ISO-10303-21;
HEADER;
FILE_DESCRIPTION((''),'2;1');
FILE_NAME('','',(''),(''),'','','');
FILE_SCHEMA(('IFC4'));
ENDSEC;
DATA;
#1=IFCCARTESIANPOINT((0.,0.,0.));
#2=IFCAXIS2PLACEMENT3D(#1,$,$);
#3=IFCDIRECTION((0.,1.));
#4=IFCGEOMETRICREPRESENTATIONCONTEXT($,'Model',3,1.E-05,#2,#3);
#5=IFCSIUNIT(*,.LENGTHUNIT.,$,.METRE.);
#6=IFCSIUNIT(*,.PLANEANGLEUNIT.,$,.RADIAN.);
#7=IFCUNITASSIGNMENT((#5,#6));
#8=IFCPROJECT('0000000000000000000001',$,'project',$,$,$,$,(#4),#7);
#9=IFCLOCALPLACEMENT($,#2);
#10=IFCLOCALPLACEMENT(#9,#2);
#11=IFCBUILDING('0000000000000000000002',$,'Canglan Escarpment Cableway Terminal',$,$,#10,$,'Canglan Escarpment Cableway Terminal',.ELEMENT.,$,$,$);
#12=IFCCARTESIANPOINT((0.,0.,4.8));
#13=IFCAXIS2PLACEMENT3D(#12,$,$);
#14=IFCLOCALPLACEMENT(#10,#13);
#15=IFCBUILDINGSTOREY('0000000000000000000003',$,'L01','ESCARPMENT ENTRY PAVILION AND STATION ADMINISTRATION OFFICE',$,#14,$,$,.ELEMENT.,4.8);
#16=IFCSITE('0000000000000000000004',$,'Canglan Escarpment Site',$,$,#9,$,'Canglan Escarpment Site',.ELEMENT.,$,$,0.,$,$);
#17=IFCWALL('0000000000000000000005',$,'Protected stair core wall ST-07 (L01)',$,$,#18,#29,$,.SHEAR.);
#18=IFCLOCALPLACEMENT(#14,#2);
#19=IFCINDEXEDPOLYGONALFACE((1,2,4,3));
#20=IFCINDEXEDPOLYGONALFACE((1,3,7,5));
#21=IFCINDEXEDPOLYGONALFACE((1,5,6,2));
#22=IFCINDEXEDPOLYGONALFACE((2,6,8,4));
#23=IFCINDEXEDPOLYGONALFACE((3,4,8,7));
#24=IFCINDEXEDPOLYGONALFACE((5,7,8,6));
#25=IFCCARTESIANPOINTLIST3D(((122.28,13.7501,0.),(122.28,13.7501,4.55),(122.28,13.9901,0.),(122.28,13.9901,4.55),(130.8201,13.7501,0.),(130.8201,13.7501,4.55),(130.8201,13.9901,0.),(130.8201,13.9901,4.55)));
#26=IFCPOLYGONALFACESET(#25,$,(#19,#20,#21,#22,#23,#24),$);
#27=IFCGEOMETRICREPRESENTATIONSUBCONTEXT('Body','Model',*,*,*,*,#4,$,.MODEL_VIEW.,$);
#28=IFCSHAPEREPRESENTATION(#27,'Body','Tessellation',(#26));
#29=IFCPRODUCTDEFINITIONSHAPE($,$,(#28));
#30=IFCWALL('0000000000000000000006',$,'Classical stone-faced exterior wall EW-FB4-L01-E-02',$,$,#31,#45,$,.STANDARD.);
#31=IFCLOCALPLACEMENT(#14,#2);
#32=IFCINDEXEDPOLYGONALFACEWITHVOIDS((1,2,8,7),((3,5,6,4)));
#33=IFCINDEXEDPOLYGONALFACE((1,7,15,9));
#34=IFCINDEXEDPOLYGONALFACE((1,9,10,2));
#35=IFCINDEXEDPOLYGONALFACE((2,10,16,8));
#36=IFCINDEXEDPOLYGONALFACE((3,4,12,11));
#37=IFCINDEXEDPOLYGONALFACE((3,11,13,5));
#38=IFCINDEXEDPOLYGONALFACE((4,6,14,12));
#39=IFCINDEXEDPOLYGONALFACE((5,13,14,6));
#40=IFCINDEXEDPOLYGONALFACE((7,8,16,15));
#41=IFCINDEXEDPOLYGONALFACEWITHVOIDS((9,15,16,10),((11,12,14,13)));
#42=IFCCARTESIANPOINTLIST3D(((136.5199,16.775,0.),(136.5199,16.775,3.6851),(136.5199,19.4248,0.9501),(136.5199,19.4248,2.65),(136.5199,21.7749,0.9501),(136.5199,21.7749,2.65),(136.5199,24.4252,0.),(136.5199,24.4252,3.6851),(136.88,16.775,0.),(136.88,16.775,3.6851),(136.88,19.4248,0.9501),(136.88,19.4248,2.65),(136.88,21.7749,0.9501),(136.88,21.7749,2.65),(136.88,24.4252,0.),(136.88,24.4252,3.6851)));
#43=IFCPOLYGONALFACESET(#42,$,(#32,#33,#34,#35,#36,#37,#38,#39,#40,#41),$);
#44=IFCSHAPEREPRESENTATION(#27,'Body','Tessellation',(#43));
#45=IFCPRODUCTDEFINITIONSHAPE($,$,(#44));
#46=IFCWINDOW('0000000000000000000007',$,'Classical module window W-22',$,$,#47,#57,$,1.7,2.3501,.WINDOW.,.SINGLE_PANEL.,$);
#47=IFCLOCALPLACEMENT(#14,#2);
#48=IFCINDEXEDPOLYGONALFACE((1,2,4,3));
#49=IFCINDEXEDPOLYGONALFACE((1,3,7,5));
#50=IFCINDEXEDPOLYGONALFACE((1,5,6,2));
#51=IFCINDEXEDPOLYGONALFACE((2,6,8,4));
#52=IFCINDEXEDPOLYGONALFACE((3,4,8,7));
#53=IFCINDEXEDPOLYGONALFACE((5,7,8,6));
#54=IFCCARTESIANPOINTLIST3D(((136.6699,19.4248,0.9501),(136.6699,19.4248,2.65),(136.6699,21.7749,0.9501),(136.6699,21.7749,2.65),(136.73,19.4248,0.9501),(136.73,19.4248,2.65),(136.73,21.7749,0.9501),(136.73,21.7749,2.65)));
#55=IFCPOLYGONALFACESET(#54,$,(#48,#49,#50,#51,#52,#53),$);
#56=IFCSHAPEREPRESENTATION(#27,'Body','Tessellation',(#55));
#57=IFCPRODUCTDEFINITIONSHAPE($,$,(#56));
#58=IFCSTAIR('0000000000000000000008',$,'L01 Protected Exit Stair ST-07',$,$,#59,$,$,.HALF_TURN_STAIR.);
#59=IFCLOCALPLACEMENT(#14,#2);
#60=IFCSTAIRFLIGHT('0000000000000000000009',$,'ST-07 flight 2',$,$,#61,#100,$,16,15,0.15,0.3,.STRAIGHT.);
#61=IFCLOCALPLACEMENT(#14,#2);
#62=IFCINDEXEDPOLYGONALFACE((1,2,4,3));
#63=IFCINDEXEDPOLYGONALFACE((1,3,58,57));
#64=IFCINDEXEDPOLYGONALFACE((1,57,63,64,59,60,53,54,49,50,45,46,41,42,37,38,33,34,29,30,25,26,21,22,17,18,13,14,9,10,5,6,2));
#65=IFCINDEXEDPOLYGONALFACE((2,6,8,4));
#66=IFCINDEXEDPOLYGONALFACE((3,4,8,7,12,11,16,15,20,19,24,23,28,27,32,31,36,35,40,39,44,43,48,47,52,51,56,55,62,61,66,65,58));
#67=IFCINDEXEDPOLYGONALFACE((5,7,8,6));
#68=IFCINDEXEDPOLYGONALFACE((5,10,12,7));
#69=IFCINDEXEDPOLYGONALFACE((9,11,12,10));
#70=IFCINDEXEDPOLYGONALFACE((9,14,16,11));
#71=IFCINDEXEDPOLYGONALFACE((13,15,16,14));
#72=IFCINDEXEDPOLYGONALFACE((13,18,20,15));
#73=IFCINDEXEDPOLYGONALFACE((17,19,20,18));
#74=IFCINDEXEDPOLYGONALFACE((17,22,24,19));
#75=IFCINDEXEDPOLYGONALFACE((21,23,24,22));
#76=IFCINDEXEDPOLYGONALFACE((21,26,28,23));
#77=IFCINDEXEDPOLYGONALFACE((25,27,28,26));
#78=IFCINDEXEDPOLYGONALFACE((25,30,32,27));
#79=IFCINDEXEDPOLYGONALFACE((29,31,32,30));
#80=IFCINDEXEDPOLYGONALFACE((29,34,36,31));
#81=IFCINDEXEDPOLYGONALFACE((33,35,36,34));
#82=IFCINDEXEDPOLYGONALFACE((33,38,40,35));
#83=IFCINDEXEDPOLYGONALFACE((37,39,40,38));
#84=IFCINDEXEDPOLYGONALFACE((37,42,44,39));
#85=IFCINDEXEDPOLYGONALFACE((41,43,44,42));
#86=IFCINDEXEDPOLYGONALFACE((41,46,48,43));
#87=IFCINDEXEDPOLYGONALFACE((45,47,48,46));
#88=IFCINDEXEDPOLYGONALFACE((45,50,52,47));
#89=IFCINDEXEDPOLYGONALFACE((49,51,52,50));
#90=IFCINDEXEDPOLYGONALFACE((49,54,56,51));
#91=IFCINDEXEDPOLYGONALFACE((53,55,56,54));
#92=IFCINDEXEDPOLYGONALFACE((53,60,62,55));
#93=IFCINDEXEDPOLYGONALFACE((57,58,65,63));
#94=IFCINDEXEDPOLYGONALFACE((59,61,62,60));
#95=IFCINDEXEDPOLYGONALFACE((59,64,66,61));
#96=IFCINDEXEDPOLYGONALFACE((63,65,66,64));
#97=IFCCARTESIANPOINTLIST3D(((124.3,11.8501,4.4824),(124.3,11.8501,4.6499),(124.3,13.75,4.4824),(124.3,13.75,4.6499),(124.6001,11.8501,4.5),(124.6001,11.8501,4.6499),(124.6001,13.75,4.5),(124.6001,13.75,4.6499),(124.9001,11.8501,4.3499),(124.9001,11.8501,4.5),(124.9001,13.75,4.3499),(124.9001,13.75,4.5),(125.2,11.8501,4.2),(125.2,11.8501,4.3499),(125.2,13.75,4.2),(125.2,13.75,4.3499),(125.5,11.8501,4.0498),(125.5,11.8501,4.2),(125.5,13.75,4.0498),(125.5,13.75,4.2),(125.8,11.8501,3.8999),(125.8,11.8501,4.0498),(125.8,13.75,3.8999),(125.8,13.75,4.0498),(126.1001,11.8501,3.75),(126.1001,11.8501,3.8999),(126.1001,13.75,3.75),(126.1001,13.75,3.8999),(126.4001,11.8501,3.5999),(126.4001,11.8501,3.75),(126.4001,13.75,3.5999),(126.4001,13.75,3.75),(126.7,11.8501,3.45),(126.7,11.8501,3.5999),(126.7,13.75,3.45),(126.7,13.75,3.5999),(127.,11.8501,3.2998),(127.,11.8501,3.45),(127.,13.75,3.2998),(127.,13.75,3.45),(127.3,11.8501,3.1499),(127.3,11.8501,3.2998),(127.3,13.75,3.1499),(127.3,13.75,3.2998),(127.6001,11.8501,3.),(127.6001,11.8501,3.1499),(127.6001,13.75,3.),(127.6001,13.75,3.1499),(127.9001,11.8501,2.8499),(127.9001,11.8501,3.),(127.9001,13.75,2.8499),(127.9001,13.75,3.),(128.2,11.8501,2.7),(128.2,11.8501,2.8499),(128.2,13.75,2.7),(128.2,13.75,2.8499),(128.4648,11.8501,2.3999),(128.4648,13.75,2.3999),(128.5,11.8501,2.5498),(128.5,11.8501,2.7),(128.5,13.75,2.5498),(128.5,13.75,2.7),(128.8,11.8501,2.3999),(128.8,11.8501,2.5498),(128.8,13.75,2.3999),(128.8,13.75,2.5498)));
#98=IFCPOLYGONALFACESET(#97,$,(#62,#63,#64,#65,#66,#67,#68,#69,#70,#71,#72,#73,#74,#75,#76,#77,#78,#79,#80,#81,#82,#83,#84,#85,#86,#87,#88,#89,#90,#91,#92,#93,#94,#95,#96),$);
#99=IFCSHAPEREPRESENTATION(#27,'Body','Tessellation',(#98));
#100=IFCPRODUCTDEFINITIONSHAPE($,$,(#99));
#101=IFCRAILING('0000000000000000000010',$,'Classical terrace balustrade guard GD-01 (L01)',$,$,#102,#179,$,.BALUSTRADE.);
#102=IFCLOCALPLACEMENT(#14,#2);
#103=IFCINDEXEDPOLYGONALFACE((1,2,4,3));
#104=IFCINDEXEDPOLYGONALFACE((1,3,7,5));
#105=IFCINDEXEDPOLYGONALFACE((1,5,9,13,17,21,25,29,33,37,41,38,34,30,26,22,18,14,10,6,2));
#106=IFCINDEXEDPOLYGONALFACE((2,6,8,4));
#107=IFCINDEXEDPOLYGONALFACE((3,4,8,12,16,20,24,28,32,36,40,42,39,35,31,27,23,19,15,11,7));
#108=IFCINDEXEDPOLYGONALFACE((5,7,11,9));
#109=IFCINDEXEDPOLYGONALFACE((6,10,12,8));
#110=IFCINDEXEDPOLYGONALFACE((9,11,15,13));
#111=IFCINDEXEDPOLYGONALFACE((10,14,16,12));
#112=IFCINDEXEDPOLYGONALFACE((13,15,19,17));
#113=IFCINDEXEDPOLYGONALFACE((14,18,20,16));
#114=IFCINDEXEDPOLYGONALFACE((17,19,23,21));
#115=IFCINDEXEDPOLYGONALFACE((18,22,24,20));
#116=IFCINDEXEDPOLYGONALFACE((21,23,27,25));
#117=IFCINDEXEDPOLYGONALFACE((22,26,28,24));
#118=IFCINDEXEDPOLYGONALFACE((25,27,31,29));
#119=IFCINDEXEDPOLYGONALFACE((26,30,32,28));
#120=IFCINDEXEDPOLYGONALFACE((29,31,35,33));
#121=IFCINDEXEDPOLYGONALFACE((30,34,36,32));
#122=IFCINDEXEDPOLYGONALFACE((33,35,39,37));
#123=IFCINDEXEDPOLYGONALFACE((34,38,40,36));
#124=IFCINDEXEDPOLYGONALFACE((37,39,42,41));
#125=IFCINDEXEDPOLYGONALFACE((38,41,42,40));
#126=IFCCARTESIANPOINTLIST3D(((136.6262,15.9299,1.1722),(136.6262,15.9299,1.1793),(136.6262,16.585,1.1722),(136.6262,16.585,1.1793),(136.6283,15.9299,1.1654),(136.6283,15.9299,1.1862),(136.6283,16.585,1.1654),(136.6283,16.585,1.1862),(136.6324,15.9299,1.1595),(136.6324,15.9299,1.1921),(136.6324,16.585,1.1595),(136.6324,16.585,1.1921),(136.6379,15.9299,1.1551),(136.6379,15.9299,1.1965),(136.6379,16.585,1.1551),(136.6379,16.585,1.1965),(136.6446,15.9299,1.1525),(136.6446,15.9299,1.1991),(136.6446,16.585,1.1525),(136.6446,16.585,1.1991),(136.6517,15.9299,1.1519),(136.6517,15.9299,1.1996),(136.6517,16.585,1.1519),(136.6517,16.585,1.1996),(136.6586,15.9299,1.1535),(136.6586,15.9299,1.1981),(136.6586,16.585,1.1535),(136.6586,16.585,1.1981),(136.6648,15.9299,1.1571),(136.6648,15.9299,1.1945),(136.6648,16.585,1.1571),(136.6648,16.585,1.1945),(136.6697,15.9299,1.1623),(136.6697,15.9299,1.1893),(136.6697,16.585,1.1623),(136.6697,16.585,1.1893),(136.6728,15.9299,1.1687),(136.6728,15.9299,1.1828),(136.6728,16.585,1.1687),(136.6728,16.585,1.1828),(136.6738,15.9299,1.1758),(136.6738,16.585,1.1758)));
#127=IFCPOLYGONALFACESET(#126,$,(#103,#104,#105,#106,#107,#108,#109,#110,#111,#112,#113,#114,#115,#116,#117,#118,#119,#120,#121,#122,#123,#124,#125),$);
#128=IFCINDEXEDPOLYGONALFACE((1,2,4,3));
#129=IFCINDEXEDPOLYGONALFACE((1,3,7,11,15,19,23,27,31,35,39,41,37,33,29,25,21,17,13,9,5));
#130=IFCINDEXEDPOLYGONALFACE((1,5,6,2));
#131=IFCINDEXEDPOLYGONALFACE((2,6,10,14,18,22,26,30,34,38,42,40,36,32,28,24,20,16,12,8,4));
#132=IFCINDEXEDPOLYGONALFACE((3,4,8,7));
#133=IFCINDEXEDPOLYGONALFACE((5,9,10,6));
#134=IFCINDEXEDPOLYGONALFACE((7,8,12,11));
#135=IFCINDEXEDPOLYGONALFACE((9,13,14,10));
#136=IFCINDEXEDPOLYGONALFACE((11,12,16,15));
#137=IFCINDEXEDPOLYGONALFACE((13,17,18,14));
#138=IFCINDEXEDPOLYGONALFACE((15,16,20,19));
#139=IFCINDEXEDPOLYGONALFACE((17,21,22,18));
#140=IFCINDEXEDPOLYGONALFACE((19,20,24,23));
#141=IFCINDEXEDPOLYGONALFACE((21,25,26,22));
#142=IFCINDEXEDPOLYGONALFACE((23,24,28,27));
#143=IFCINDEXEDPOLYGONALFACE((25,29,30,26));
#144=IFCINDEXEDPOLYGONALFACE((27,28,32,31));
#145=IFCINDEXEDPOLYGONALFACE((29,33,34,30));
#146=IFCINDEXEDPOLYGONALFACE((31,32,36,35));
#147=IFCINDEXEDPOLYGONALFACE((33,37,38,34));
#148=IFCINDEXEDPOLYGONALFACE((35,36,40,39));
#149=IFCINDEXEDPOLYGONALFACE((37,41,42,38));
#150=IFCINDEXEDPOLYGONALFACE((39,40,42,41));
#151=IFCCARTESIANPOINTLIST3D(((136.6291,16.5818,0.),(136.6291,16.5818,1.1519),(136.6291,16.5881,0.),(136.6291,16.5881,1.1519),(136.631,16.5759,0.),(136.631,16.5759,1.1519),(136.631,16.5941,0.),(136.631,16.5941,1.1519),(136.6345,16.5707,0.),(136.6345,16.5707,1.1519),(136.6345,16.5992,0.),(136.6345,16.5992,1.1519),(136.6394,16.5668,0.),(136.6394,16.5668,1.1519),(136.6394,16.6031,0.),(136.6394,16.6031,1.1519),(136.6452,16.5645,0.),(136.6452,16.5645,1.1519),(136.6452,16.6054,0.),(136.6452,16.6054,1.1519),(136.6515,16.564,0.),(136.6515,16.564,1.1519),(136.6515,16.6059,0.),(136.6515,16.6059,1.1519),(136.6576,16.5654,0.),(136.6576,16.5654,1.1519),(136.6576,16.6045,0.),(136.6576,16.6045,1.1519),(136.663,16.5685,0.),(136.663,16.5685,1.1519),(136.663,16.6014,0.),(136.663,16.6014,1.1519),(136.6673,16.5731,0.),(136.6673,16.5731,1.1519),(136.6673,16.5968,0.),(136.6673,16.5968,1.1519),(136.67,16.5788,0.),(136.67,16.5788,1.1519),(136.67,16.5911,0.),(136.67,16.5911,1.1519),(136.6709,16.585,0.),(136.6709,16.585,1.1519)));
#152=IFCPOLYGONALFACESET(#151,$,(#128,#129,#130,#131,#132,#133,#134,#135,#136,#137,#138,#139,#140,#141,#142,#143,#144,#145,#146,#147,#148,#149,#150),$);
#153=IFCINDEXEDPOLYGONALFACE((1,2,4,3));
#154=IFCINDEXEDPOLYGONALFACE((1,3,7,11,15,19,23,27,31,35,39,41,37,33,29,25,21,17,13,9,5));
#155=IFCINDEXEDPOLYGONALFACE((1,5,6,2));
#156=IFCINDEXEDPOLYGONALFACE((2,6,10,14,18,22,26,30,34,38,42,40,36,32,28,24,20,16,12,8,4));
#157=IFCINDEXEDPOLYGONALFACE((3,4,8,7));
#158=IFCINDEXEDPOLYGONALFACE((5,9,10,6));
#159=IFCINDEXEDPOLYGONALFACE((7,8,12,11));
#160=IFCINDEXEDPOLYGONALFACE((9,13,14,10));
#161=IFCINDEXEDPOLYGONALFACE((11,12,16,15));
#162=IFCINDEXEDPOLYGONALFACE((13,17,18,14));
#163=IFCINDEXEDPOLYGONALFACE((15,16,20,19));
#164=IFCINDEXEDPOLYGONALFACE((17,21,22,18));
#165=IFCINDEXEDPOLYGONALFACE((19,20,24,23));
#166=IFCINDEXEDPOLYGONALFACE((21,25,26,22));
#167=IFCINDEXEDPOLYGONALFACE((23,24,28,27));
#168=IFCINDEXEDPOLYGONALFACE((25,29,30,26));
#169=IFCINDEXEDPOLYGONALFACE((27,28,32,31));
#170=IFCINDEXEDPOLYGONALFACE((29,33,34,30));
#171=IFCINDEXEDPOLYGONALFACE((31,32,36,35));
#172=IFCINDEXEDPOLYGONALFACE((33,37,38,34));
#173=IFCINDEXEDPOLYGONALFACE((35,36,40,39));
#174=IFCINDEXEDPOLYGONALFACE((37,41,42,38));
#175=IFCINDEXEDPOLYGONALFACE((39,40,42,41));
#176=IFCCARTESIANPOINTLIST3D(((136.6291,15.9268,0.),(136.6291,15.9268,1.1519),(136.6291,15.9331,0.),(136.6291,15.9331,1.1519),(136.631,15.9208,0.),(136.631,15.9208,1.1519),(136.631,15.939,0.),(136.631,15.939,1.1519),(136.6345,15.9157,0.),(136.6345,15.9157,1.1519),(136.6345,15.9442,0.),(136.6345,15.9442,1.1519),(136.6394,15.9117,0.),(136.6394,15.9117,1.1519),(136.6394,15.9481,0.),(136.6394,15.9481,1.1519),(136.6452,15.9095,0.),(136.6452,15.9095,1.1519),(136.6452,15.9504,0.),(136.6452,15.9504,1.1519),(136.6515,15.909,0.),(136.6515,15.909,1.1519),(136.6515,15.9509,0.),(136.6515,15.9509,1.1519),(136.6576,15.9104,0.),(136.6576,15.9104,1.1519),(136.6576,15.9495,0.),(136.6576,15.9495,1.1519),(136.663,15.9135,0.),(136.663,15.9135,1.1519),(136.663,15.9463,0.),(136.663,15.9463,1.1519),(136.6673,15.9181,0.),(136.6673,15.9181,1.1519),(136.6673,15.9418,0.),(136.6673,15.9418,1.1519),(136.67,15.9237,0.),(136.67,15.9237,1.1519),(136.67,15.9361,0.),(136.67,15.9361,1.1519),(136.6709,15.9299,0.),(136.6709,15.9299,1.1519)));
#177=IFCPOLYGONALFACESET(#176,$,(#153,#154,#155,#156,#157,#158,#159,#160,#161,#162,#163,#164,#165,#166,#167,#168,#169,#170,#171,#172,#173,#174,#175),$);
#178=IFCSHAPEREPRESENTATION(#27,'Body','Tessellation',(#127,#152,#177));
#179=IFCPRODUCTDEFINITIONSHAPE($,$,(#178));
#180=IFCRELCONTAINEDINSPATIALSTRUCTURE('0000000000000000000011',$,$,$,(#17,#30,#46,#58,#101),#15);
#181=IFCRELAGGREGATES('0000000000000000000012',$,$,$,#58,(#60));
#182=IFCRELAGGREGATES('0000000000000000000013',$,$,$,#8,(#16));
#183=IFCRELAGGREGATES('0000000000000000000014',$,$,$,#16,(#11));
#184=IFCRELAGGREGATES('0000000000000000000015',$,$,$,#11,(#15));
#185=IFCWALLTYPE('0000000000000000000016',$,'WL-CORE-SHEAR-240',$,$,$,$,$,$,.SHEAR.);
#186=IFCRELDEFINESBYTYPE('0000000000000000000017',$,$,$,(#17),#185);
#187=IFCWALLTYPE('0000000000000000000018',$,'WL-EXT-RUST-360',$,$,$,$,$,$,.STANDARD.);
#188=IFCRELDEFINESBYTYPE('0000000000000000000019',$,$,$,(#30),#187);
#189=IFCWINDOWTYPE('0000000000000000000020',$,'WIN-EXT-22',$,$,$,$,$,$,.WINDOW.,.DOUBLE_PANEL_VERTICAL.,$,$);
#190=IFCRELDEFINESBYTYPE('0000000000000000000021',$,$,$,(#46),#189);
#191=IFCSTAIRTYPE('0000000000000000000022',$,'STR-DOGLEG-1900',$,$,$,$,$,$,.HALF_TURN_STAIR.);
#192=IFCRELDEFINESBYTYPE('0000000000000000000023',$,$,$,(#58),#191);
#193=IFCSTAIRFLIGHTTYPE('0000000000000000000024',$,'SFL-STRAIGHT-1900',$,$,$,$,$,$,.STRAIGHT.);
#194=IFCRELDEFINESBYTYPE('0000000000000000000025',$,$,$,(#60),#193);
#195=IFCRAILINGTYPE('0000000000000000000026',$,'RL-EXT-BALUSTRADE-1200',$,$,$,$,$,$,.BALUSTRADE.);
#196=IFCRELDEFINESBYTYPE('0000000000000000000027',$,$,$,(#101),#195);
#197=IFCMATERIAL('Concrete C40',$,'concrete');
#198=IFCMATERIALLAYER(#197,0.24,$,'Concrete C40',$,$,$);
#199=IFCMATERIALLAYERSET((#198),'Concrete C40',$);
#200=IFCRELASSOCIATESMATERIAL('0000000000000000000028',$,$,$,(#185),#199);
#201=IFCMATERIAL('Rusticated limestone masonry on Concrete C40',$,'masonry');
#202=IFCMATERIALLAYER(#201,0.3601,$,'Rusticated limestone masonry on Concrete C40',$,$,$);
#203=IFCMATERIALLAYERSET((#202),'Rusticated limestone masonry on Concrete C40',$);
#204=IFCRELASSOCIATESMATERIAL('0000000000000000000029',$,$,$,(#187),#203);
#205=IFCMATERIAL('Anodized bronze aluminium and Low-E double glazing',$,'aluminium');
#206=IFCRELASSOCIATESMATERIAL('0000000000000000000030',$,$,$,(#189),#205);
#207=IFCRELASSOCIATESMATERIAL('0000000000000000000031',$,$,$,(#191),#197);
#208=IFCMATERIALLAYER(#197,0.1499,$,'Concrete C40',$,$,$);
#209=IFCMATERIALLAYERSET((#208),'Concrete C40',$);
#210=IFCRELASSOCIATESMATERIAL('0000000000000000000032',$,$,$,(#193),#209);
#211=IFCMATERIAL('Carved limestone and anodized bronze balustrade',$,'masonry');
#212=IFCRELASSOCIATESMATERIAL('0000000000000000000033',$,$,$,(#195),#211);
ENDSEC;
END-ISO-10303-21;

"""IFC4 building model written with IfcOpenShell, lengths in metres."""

from ifc_helpers import new_model, si_unit, direction, frame, frame_2d, origin, origin_2d, place, context, subcontext, project, spatial, polyline, rectangle, circle, outline, extrude, material, layer, layer_set, type_object, element, fill, aggregate, save


model = new_model("IFC4")

# Units and contexts
model_context = context("Model", 3, precision=1e-05, world=origin(), true_north=direction((0.0, 1.0)))
body_context = subcontext(model_context, "Body", "Model", "MODEL_VIEW")
ifc_project = project(units=[si_unit("LENGTHUNIT", "METRE"), si_unit("PLANEANGLEUNIT", "RADIAN")], contexts=[model_context])

# Site, building, storey
site_placement = place(None, origin())
site = spatial("IfcSite", under=ifc_project, at=site_placement, Name="Canglan Escarpment Site", LongName="Canglan Escarpment Site", CompositionType="ELEMENT", RefElevation=0.0)
building_placement = place(site_placement, origin())
building = spatial("IfcBuilding", under=site, at=building_placement, Name="Canglan Escarpment Cableway Terminal", LongName="Canglan Escarpment Cableway Terminal", CompositionType="ELEMENT")
storey_placement = place(building_placement, frame((0.0, 0.0, 4.8)))
storey = spatial("IfcBuildingStorey", under=building, at=storey_placement, Name="L01", Description="ESCARPMENT ENTRY PAVILION AND STATION ADMINISTRATION OFFICE", CompositionType="ELEMENT", Elevation=4.8)

# Shared definitions
ifc_material_1 = material(Name="Concrete C40", Category="concrete")

# Wall
ifc_layer_1 = layer(ifc_material_1, 0.24, Name="Concrete C40")
ifc_layer_set_1 = layer_set([ifc_layer_1], Name="Concrete C40")
wall_type_1 = type_object("IfcWallType", Name="WL-CORE-SHEAR-240", PredefinedType="SHEAR", material=ifc_layer_set_1)
wall_1_placement = place(storey_placement, frame((130.8201, 13.8701, 0.0), z_axis=(0.0, 0.0, 1.0), x_axis=(-1.0, 0.0, 0.0)))
element("IfcWall", 1, at=wall_1_placement, inside=storey, type_object=wall_type_1, Name="Protected stair core wall ST-07 (L01)", PredefinedType="SHEAR", context=body_context, shape_type="SweptSolid", body=[
    extrude(rectangle(XDim=8.54, YDim=0.24, at=frame_2d((4.27, 0.0))), origin(), (0.0, 0.0, 1.0), 4.55),
])

# Wall, opening, window
ifc_material_2 = material(Name="Rusticated limestone masonry on Concrete C40", Category="masonry")
ifc_layer_2 = layer(ifc_material_2, 0.3601, Name="Rusticated limestone masonry on Concrete C40")
ifc_layer_set_2 = layer_set([ifc_layer_2], Name="Rusticated limestone masonry on Concrete C40")
wall_type_2 = type_object("IfcWallType", Name="WL-EXT-RUST-360", PredefinedType="STANDARD", material=ifc_layer_set_2)
wall_2_placement = place(storey_placement, frame((136.7, 16.7749, 0.0), z_axis=(0.0, 0.0, 1.0), x_axis=(0.0, 1.0, 0.0)))
wall_2 = element("IfcWall", 2, at=wall_2_placement, inside=storey, type_object=wall_type_2, Name="Classical stone-faced exterior wall EW-FB4-L01-E-02", PredefinedType="STANDARD", context=body_context, shape_type="SweptSolid", body=[
    extrude(rectangle(XDim=7.6501, YDim=0.3601, at=frame_2d((3.8252, 0.0))), origin(), (0.0, 0.0, 1.0), 3.6851),
])
opening_placement = place(wall_2_placement, frame((2.6499, 0.0, 0.95)))
opening = element("IfcOpeningElement", 3, at=opening_placement, cuts=wall_2, PredefinedType="OPENING", context=body_context, shape_type="SweptSolid", body=[
    extrude(rectangle(XDim=2.3501, YDim=1.7, at=frame_2d((1.175, 0.8501))), frame((0.0, 0.1899, 0.0), z_axis=(0.0, -1.0, 0.0), x_axis=(1.0, 0.0, 0.0)), (0.0, 0.0, 1.0), 0.3801),
])
ifc_material_3 = material(Name="Anodized bronze aluminium and Low-E double glazing", Category="aluminium")
window_type = type_object("IfcWindowType", Name="WIN-EXT-22", PartitioningType="DOUBLE_PANEL_VERTICAL", PredefinedType="WINDOW", material=ifc_material_3)
window_placement = place(opening_placement, origin())
window = element("IfcWindow", 4, at=window_placement, inside=storey, type_object=window_type, Name="Classical module window W-22", OverallHeight=1.7, OverallWidth=2.3501, PartitioningType="SINGLE_PANEL", PredefinedType="WINDOW", context=body_context, shape_type="SweptSolid", body=[
    extrude(rectangle(XDim=2.3501, YDim=1.7, at=frame_2d((1.175, 0.8501))), frame((0.0, 0.03, 0.0), z_axis=(0.0, -1.0, 0.0), x_axis=(1.0, 0.0, 0.0)), (0.0, 0.0, 1.0), 0.0601),
])
fill(opening, window)

# Stair, stair flight
stair_type = type_object("IfcStairType", Name="STR-DOGLEG-1900", PredefinedType="HALF_TURN_STAIR", material=ifc_material_1)
stair_placement = place(storey_placement, origin())
stair = element("IfcStair", 5, at=stair_placement, inside=storey, type_object=stair_type, Name="L01 Protected Exit Stair ST-07", PredefinedType="HALF_TURN_STAIR")
ifc_layer_3 = layer(ifc_material_1, 0.1499, Name="Concrete C40")
ifc_layer_set_3 = layer_set([ifc_layer_3], Name="Concrete C40")
stair_flight_type = type_object("IfcStairFlightType", Name="SFL-STRAIGHT-1900", PredefinedType="STRAIGHT", material=ifc_layer_set_3)
stair_flight_placement = place(storey_placement, frame((128.8, 12.8, 2.3999), z_axis=(0.0, 0.0, 1.0), x_axis=(-1.0, 0.0, 0.0)))
stair_flight = element("IfcStairFlight", 6, at=stair_flight_placement, type_object=stair_flight_type, Name="ST-07 flight 2", NumberOfRisers=16, NumberOfTreads=15, PredefinedType="STRAIGHT", RiserHeight=0.15, TreadLength=0.3, context=body_context, shape_type="SweptSolid", body=[
    extrude(outline(polyline([(0.0, 0.0), (0.0, 0.1499), (0.3, 0.1499), (0.3, 0.3), (0.6001, 0.3), (0.6001, 0.45), (0.8999, 0.45), (0.8999, 0.6001), (1.2, 0.6001), (1.2, 0.75), (1.5, 0.75), (1.5, 0.8999), (1.8, 0.8999), (1.8, 1.05), (2.1001, 1.05), (2.1001, 1.2), (2.3999, 1.2), (2.3999, 1.3501), (2.7, 1.3501), (2.7, 1.5), (3.0, 1.5), (3.0, 1.6499), (3.3, 1.6499), (3.3, 1.8), (3.6001, 1.8), (3.6001, 1.95), (3.8999, 1.95), (3.8999, 2.1001), (4.2, 2.1001), (4.2, 2.25), (4.5, 2.25), (4.5, 2.3999), (4.5, 2.0825), (0.3352, 0.0), (0.0, 0.0)])), frame((0.0, 0.95, 0.0), z_axis=(0.0, -1.0, 0.0), x_axis=(1.0, 0.0, 0.0)), (0.0, 0.0, 1.0), 1.8999),
])
aggregate(stair, [stair_flight])

# Railing
ifc_material_4 = material(Name="Carved limestone and anodized bronze balustrade", Category="masonry")
railing_type_1 = type_object("IfcRailingType", Name="RL-EXT-BALUSTRADE-1200", PredefinedType="BALUSTRADE", material=ifc_material_4)
railing_1_placement = place(storey_placement, frame((136.6499, 16.585, 0.0)))
element("IfcRailing", 7, at=railing_1_placement, inside=storey, type_object=railing_type_1, Name="Classical terrace balustrade guard GD-01 (L01)", PredefinedType="BALUSTRADE", context=body_context, shape_type="SweptSolid", body=[
    extrude(circle(Radius=0.0239, at=origin_2d()), frame((0.0, 0.0, 1.1758), z_axis=(0.0, -1.0, 0.0), x_axis=(1.0, 0.0, 0.0)), (0.0, 0.0, 1.0), 0.655),
    extrude(circle(Radius=0.021, at=origin_2d()), origin(), (0.0, 0.0, 1.0), 1.1519),
    extrude(circle(Radius=0.021, at=origin_2d()), frame((0.0, -0.655, 0.0)), (0.0, 0.0, 1.0), 1.1519),
])

save(model, "model.ifc")
